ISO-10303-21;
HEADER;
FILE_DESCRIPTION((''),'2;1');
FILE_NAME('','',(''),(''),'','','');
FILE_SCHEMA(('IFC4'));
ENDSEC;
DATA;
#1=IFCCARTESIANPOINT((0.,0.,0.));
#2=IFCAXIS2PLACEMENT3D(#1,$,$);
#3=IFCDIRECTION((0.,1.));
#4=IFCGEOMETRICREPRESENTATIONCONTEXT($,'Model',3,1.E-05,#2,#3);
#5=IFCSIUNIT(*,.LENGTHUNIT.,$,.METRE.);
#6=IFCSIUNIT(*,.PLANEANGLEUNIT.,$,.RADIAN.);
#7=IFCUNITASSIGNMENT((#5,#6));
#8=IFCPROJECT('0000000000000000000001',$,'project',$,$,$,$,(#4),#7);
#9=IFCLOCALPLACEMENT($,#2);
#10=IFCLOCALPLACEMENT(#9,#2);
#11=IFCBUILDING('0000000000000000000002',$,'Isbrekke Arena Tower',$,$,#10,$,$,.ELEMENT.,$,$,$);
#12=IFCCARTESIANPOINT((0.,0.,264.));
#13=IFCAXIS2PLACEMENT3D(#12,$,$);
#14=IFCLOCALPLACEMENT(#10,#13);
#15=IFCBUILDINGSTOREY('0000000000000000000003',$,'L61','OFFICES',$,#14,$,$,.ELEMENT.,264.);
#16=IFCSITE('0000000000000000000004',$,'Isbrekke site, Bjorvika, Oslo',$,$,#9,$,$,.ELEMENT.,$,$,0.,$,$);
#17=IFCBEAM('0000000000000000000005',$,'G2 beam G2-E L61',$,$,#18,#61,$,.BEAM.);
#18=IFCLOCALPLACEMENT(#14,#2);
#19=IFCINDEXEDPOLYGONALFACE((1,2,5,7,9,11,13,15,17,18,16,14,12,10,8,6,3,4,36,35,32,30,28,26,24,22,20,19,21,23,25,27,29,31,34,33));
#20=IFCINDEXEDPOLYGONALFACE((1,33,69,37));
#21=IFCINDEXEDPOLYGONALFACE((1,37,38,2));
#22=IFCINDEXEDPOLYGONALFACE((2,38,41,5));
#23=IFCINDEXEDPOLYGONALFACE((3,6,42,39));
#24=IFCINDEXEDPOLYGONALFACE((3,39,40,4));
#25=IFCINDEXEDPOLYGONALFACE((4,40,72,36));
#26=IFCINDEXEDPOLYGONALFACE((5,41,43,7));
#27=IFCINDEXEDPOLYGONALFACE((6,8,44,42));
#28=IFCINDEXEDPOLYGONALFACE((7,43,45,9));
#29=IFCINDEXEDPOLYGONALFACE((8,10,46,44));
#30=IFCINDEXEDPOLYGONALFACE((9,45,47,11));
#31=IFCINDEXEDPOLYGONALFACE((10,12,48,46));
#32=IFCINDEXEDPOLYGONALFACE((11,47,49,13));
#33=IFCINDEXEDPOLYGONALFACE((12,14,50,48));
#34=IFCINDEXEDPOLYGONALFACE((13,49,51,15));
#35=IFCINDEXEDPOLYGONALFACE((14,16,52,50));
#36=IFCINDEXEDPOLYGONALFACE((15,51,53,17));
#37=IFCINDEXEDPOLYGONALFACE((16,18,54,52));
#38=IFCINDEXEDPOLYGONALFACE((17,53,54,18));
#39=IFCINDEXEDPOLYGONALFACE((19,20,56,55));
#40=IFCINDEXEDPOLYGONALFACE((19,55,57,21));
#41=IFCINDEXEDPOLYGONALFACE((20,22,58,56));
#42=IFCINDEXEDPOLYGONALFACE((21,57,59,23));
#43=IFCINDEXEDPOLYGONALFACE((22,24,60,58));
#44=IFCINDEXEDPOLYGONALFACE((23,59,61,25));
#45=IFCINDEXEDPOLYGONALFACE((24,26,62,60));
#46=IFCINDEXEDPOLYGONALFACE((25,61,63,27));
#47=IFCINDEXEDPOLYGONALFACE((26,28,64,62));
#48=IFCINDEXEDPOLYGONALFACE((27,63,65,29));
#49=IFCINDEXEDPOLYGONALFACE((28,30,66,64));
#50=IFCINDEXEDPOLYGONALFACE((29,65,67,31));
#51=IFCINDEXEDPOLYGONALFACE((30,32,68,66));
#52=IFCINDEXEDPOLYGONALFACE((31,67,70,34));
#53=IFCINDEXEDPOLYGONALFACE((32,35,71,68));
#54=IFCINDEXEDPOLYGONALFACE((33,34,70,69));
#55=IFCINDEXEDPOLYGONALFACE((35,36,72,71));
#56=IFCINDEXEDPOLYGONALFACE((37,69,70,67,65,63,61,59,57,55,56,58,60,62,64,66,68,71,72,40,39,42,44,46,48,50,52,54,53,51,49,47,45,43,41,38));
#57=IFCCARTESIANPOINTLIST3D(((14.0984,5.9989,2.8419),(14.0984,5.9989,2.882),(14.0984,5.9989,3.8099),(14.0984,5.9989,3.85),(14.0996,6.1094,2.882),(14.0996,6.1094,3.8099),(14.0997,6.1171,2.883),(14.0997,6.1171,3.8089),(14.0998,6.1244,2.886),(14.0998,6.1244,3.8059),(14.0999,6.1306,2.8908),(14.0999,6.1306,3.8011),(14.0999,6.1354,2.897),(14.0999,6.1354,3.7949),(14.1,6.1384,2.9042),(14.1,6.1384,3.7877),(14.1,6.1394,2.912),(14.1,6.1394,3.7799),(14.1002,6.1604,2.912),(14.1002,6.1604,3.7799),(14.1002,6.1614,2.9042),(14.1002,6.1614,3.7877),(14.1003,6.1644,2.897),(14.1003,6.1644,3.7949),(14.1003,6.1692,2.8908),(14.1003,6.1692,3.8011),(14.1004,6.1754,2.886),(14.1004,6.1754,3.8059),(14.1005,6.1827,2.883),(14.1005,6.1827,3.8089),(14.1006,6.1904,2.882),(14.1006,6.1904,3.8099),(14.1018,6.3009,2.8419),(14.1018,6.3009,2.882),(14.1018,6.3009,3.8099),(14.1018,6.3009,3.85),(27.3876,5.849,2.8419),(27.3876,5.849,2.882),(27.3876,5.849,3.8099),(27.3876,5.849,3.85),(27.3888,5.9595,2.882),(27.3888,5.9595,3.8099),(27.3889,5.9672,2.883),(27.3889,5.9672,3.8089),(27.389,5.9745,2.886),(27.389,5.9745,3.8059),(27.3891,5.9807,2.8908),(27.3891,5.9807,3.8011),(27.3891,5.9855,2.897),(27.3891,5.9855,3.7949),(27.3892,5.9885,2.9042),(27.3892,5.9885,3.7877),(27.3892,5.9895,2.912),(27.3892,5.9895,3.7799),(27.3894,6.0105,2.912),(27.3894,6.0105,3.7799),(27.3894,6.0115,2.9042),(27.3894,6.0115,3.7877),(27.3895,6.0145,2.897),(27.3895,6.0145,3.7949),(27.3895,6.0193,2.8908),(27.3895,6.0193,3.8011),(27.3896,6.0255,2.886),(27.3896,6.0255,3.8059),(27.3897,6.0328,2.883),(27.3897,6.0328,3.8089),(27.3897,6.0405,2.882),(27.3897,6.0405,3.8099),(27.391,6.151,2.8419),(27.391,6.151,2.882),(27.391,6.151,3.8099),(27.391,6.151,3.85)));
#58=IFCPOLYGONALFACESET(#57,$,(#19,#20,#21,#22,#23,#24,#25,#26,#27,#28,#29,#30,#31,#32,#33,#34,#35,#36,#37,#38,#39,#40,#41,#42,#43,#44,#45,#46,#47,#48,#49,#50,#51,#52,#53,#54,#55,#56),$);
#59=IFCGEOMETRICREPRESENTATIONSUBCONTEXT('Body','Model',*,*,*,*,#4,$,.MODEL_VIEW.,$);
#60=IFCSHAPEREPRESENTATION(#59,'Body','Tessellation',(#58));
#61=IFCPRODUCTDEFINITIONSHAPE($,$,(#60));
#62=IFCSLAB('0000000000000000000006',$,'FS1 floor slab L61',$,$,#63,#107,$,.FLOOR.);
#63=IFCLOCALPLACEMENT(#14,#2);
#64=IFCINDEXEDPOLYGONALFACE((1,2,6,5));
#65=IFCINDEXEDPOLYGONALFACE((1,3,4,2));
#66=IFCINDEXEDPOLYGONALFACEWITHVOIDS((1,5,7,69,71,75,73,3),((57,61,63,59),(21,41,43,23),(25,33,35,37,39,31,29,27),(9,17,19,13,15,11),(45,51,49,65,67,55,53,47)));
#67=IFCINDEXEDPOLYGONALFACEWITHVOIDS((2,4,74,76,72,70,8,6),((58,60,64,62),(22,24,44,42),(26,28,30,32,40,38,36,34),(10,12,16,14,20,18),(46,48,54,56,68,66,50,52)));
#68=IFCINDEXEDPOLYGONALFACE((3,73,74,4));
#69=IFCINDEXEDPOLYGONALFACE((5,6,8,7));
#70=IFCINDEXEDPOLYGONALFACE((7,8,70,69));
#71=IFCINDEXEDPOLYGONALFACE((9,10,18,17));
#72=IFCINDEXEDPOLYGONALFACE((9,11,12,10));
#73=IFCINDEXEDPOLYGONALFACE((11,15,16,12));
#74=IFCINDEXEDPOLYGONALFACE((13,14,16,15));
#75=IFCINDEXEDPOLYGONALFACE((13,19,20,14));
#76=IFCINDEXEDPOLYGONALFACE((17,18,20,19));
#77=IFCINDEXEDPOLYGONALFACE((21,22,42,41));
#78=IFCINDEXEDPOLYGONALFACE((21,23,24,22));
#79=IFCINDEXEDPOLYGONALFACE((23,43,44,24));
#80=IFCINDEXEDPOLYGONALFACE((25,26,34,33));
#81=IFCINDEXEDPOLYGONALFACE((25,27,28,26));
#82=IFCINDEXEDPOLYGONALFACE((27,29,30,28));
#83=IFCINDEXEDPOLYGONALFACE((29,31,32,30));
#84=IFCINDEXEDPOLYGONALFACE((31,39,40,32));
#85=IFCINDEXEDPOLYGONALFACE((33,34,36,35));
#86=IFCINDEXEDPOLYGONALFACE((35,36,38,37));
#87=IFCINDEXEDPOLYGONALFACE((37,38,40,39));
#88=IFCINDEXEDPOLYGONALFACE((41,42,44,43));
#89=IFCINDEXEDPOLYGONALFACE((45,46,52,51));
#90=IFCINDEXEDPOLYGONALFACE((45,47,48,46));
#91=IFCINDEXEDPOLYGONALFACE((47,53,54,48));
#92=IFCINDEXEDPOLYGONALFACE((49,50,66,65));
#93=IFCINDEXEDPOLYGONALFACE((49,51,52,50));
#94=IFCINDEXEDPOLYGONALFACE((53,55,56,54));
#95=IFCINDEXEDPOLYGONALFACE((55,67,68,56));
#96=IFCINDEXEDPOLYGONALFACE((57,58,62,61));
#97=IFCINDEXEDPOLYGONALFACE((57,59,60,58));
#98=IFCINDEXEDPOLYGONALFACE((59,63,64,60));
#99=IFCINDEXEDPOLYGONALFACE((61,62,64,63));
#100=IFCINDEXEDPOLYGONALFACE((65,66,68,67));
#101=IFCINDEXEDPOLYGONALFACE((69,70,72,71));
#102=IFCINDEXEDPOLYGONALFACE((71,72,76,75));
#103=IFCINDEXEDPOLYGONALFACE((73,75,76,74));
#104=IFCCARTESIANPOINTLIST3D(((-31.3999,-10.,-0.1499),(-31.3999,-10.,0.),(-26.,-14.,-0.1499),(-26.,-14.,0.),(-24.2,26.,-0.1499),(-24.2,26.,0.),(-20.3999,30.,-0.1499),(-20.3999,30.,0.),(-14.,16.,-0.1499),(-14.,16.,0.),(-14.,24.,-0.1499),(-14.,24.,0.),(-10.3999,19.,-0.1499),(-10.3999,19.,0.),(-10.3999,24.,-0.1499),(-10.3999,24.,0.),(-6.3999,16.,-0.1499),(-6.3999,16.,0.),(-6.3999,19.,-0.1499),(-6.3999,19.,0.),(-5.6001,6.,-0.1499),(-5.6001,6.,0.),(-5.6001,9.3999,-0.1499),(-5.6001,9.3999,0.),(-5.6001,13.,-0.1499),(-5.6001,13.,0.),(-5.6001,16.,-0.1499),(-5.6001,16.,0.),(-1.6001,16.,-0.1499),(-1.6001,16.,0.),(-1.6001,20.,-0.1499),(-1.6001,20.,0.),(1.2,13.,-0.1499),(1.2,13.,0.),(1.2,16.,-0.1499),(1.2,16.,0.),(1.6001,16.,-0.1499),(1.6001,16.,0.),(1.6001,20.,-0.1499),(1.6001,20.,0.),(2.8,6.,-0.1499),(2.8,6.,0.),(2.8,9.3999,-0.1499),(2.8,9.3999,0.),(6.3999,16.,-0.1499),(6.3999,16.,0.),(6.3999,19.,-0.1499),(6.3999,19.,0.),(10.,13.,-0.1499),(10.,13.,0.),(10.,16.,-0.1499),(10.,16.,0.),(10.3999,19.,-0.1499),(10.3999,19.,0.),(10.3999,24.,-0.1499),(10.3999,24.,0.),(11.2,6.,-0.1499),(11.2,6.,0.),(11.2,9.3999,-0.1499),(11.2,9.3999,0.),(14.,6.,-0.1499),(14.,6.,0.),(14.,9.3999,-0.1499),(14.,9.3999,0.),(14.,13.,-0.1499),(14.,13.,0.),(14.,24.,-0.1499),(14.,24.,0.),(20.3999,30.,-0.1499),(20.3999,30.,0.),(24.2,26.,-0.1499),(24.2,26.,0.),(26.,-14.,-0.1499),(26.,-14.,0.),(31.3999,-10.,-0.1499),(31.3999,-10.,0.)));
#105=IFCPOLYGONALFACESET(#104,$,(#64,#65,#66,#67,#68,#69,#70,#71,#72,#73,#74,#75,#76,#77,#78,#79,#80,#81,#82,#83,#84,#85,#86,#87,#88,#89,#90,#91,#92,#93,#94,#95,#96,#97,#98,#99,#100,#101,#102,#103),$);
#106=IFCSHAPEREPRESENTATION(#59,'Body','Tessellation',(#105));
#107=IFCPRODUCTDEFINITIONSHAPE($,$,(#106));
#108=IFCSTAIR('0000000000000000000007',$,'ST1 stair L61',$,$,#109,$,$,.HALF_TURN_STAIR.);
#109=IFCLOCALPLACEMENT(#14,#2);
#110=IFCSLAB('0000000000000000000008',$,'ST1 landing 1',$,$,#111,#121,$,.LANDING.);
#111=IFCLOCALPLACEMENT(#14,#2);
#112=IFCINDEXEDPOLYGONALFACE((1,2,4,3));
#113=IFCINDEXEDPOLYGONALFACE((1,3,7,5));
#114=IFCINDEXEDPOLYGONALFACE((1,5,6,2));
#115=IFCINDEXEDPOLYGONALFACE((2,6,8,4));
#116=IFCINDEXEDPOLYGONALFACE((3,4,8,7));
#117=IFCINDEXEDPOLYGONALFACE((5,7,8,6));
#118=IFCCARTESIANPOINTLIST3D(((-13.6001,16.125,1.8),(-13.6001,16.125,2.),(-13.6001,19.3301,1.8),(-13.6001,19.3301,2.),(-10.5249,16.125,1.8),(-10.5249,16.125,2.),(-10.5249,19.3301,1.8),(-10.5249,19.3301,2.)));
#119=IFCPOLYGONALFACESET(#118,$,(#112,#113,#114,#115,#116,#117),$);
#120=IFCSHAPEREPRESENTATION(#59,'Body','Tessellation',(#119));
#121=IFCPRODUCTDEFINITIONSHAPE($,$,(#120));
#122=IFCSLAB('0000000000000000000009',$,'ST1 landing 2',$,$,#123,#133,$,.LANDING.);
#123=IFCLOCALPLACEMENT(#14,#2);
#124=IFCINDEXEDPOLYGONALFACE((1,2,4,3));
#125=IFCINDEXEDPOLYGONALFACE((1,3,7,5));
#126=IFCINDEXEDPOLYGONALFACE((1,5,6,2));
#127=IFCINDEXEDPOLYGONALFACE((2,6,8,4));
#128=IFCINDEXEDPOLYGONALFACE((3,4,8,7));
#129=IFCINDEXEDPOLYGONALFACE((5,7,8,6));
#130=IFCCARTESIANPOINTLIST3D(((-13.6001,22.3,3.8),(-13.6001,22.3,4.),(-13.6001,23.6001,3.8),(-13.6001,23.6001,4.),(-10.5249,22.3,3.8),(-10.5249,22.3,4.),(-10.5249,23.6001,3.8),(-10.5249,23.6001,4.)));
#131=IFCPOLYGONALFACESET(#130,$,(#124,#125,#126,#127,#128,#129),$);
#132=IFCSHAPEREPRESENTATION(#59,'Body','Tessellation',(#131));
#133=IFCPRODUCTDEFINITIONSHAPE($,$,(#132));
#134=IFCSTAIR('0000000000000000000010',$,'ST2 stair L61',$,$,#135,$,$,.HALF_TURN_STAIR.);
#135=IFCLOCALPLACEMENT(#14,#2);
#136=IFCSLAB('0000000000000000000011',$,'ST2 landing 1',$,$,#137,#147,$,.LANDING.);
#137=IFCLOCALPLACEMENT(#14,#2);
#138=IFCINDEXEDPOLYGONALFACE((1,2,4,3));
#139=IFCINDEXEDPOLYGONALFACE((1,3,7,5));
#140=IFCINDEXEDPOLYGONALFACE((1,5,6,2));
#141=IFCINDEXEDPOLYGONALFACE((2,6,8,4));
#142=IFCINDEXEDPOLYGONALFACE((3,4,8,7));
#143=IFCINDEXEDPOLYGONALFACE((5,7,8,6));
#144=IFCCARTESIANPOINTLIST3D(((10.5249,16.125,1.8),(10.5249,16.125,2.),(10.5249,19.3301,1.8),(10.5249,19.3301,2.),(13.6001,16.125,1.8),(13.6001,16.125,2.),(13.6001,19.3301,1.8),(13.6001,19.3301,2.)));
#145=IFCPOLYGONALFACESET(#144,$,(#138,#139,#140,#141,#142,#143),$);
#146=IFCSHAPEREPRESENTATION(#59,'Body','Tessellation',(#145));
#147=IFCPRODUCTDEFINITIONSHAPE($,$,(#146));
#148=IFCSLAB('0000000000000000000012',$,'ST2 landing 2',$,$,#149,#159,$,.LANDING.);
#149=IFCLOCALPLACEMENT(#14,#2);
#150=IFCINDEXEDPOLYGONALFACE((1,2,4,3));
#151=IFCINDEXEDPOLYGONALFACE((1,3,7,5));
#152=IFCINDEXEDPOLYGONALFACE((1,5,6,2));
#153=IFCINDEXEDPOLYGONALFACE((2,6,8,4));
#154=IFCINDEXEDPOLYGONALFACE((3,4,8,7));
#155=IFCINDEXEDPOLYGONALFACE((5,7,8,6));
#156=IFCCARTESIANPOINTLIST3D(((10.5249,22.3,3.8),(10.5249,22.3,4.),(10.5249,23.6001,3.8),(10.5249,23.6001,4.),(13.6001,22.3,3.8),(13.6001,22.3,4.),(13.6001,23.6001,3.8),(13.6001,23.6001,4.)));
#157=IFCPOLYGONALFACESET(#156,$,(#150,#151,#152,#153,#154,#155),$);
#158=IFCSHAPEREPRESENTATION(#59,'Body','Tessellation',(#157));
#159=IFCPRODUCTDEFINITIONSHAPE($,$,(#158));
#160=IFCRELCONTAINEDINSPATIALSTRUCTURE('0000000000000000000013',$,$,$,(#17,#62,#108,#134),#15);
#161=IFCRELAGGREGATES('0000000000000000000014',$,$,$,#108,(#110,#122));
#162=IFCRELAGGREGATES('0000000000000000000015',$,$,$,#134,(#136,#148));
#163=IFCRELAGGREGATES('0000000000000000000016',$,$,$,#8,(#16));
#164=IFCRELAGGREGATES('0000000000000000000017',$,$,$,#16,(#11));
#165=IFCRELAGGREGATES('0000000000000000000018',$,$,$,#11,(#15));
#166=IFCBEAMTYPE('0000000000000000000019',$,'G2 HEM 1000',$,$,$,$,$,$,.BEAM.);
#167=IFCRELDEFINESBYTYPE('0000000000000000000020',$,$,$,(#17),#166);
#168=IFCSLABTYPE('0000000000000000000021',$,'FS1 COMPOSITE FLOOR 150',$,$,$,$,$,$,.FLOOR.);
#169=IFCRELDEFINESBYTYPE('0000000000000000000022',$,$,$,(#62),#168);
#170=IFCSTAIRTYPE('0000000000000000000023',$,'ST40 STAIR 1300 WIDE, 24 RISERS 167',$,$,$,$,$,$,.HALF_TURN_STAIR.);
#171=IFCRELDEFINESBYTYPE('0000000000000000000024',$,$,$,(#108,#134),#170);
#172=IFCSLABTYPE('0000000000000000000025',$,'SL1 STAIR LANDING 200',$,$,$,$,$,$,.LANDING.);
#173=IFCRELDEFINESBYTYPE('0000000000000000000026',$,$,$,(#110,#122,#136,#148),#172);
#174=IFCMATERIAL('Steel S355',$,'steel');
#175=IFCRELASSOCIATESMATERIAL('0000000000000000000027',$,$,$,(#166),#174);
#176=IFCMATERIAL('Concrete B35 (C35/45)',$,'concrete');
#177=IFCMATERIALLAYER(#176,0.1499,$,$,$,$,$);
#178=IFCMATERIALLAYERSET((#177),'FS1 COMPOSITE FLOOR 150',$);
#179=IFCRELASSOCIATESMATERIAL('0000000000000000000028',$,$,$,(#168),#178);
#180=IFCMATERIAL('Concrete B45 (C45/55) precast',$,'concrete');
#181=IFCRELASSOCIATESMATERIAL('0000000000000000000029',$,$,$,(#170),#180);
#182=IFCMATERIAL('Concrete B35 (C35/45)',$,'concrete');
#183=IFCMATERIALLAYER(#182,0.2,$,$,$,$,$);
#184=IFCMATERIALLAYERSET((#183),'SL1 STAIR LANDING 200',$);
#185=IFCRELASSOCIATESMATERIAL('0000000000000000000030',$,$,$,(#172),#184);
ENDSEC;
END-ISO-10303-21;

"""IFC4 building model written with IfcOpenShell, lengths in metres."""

from ifc_helpers import new_model, si_unit, direction, frame, origin, origin_2d, place, context, subcontext, project, spatial, polyline, i_section, outline, extrude, material, layer, layer_set, material_profile, profile_set, type_object, element, aggregate, save


model = new_model("IFC4")

# Units and contexts
model_context = context("Model", 3, precision=1e-05, world=origin(), true_north=direction((0.0, 1.0)))
body_context = subcontext(model_context, "Body", "Model", "MODEL_VIEW")
ifc_project = project(units=[si_unit("LENGTHUNIT", "METRE"), si_unit("PLANEANGLEUNIT", "RADIAN")], contexts=[model_context])

# Site, building, storey
site_placement = place(None, origin())
site = spatial("IfcSite", under=ifc_project, at=site_placement, Name="Isbrekke site, Bjorvika, Oslo", CompositionType="ELEMENT", RefElevation=0.0)
building_placement = place(site_placement, origin())
building = spatial("IfcBuilding", under=site, at=building_placement, Name="Isbrekke Arena Tower", CompositionType="ELEMENT")
storey_placement = place(building_placement, frame((0.0, 0.0, 264.0)))
storey = spatial("IfcBuildingStorey", under=building, at=storey_placement, Name="L61", Description="OFFICES", CompositionType="ELEMENT", Elevation=264.0)

# Beam
ifc_material_1 = material(Name="Steel S355", Category="steel")
ifc_material_profile_1 = material_profile(ifc_material_1, i_section(OverallWidth=0.302, OverallDepth=1.0081, WebThickness=0.021, FlangeThickness=0.04, FilletRadius=0.03, at=origin_2d()), Name="HEM 1000")
ifc_profile_set_1 = profile_set([ifc_material_profile_1], Name="Steel S355")
beam_type_1 = type_object("IfcBeamType", Name="G2 HEM 1000", PredefinedType="BEAM", material=ifc_profile_set_1)
beam_1_placement = place(storey_placement, frame((14.1001, 6.1499, 3.3459), z_axis=(0.999936, -0.011279, 0.0), x_axis=(0.011279, 0.999936, 0.0)))
element("IfcBeam", 1, at=beam_1_placement, inside=storey, type_object=beam_type_1, Name="G2 beam G2-E L61", PredefinedType="BEAM", context=body_context, shape_type="SweptSolid", body=[
    extrude(i_section(OverallWidth=0.302, OverallDepth=1.0081, WebThickness=0.021, FlangeThickness=0.04, FilletRadius=0.03, at=origin_2d()), origin(), (0.0, 0.0, 1.0), 13.29),
])

# Slab
ifc_material_2 = material(Name="Concrete B35 (C35/45)", Category="concrete")
ifc_layer_1 = layer(ifc_material_2, 0.1499)
ifc_layer_set_1 = layer_set([ifc_layer_1], Name="FS1 COMPOSITE FLOOR 150")
slab_type_1 = type_object("IfcSlabType", Name="FS1 COMPOSITE FLOOR 150", PredefinedType="FLOOR", material=ifc_layer_set_1)
slab_1_placement = place(storey_placement, frame((0.0, 0.0, -0.1499)))
element("IfcSlab", 2, at=slab_1_placement, inside=storey, type_object=slab_type_1, Name="FS1 floor slab L61", PredefinedType="FLOOR", context=body_context, shape_type="SweptSolid", body=[
    extrude(outline(polyline([(-26.0, -14.0), (26.0, -14.0), (31.3999, -10.0), (24.2, 26.0), (20.3999, 30.0), (-20.3999, 30.0), (-24.2, 26.0), (-31.3999, -10.0), (-26.0, -14.0)]), holes=[polyline([(2.8, 9.3999), (2.8, 6.0), (-5.6001, 6.0), (-5.6001, 9.3999), (2.8, 9.3999)]), polyline([(11.2, 6.0), (11.2, 9.3999), (14.0, 9.3999), (14.0, 6.0), (11.2, 6.0)]), polyline([(-5.6001, 13.0), (-5.6001, 16.0), (-1.6001, 16.0), (-1.6001, 20.0), (1.6001, 20.0), (1.6001, 16.0), (1.2, 16.0), (1.2, 13.0), (-5.6001, 13.0)]), polyline([(14.0, 13.0), (10.0, 13.0), (10.0, 16.0), (6.3999, 16.0), (6.3999, 19.0), (10.3999, 19.0), (10.3999, 24.0), (14.0, 24.0), (14.0, 13.0)]), polyline([(-6.3999, 19.0), (-6.3999, 16.0), (-14.0, 16.0), (-14.0, 24.0), (-10.3999, 24.0), (-10.3999, 19.0), (-6.3999, 19.0)])]), origin(), (0.0, 0.0, 1.0), 0.1499),
])

# Stairs, slabs
ifc_material_3 = material(Name="Concrete B45 (C45/55) precast", Category="concrete")
stair_type = type_object("IfcStairType", Name="ST40 STAIR 1300 WIDE, 24 RISERS 167", PredefinedType="HALF_TURN_STAIR", material=ifc_material_3)
stair_1_placement = place(storey_placement, origin())
stair_1 = element("IfcStair", 3, at=stair_1_placement, inside=storey, type_object=stair_type, Name="ST1 stair L61", PredefinedType="HALF_TURN_STAIR")
ifc_material_4 = material(Name="Concrete B35 (C35/45)", Category="concrete")
ifc_layer_2 = layer(ifc_material_4, 0.2)
ifc_layer_set_2 = layer_set([ifc_layer_2], Name="SL1 STAIR LANDING 200")
slab_type_2 = type_object("IfcSlabType", Name="SL1 STAIR LANDING 200", PredefinedType="LANDING", material=ifc_layer_set_2)
slab_2_placement = place(storey_placement, frame((0.0, 0.0, 1.8)))
slab_2 = element("IfcSlab", 4, at=slab_2_placement, type_object=slab_type_2, Name="ST1 landing 1", PredefinedType="LANDING", context=body_context, shape_type="SweptSolid", body=[
    extrude(outline(polyline([(-13.6001, 16.125), (-10.5249, 16.125), (-10.5249, 19.3301), (-13.6001, 19.3301), (-13.6001, 16.125)])), origin(), (0.0, 0.0, 1.0), 0.2),
])
slab_3_placement = place(storey_placement, frame((0.0, 0.0, 3.8)))
slab_3 = element("IfcSlab", 5, at=slab_3_placement, type_object=slab_type_2, Name="ST1 landing 2", PredefinedType="LANDING", context=body_context, shape_type="SweptSolid", body=[
    extrude(outline(polyline([(-13.6001, 22.3), (-10.5249, 22.3), (-10.5249, 23.6001), (-13.6001, 23.6001), (-13.6001, 22.3)])), origin(), (0.0, 0.0, 1.0), 0.2),
])
aggregate(stair_1, [slab_2, slab_3])
stair_2_placement = place(storey_placement, origin())
stair_2 = element("IfcStair", 6, at=stair_2_placement, inside=storey, type_object=stair_type, Name="ST2 stair L61", PredefinedType="HALF_TURN_STAIR")
slab_4_placement = place(storey_placement, frame((0.0, 0.0, 1.8)))
slab_4 = element("IfcSlab", 7, at=slab_4_placement, type_object=slab_type_2, Name="ST2 landing 1", PredefinedType="LANDING", context=body_context, shape_type="SweptSolid", body=[
    extrude(outline(polyline([(10.5249, 16.125), (13.6001, 16.125), (13.6001, 19.3301), (10.5249, 19.3301), (10.5249, 16.125)])), origin(), (0.0, 0.0, 1.0), 0.2),
])
slab_5_placement = place(storey_placement, frame((0.0, 0.0, 3.8)))
slab_5 = element("IfcSlab", 8, at=slab_5_placement, type_object=slab_type_2, Name="ST2 landing 2", PredefinedType="LANDING", context=body_context, shape_type="SweptSolid", body=[
    extrude(outline(polyline([(10.5249, 22.3), (13.6001, 22.3), (13.6001, 23.6001), (10.5249, 23.6001), (10.5249, 22.3)])), origin(), (0.0, 0.0, 1.0), 0.2),
])
aggregate(stair_2, [slab_4, slab_5])

save(model, "model.ifc")
